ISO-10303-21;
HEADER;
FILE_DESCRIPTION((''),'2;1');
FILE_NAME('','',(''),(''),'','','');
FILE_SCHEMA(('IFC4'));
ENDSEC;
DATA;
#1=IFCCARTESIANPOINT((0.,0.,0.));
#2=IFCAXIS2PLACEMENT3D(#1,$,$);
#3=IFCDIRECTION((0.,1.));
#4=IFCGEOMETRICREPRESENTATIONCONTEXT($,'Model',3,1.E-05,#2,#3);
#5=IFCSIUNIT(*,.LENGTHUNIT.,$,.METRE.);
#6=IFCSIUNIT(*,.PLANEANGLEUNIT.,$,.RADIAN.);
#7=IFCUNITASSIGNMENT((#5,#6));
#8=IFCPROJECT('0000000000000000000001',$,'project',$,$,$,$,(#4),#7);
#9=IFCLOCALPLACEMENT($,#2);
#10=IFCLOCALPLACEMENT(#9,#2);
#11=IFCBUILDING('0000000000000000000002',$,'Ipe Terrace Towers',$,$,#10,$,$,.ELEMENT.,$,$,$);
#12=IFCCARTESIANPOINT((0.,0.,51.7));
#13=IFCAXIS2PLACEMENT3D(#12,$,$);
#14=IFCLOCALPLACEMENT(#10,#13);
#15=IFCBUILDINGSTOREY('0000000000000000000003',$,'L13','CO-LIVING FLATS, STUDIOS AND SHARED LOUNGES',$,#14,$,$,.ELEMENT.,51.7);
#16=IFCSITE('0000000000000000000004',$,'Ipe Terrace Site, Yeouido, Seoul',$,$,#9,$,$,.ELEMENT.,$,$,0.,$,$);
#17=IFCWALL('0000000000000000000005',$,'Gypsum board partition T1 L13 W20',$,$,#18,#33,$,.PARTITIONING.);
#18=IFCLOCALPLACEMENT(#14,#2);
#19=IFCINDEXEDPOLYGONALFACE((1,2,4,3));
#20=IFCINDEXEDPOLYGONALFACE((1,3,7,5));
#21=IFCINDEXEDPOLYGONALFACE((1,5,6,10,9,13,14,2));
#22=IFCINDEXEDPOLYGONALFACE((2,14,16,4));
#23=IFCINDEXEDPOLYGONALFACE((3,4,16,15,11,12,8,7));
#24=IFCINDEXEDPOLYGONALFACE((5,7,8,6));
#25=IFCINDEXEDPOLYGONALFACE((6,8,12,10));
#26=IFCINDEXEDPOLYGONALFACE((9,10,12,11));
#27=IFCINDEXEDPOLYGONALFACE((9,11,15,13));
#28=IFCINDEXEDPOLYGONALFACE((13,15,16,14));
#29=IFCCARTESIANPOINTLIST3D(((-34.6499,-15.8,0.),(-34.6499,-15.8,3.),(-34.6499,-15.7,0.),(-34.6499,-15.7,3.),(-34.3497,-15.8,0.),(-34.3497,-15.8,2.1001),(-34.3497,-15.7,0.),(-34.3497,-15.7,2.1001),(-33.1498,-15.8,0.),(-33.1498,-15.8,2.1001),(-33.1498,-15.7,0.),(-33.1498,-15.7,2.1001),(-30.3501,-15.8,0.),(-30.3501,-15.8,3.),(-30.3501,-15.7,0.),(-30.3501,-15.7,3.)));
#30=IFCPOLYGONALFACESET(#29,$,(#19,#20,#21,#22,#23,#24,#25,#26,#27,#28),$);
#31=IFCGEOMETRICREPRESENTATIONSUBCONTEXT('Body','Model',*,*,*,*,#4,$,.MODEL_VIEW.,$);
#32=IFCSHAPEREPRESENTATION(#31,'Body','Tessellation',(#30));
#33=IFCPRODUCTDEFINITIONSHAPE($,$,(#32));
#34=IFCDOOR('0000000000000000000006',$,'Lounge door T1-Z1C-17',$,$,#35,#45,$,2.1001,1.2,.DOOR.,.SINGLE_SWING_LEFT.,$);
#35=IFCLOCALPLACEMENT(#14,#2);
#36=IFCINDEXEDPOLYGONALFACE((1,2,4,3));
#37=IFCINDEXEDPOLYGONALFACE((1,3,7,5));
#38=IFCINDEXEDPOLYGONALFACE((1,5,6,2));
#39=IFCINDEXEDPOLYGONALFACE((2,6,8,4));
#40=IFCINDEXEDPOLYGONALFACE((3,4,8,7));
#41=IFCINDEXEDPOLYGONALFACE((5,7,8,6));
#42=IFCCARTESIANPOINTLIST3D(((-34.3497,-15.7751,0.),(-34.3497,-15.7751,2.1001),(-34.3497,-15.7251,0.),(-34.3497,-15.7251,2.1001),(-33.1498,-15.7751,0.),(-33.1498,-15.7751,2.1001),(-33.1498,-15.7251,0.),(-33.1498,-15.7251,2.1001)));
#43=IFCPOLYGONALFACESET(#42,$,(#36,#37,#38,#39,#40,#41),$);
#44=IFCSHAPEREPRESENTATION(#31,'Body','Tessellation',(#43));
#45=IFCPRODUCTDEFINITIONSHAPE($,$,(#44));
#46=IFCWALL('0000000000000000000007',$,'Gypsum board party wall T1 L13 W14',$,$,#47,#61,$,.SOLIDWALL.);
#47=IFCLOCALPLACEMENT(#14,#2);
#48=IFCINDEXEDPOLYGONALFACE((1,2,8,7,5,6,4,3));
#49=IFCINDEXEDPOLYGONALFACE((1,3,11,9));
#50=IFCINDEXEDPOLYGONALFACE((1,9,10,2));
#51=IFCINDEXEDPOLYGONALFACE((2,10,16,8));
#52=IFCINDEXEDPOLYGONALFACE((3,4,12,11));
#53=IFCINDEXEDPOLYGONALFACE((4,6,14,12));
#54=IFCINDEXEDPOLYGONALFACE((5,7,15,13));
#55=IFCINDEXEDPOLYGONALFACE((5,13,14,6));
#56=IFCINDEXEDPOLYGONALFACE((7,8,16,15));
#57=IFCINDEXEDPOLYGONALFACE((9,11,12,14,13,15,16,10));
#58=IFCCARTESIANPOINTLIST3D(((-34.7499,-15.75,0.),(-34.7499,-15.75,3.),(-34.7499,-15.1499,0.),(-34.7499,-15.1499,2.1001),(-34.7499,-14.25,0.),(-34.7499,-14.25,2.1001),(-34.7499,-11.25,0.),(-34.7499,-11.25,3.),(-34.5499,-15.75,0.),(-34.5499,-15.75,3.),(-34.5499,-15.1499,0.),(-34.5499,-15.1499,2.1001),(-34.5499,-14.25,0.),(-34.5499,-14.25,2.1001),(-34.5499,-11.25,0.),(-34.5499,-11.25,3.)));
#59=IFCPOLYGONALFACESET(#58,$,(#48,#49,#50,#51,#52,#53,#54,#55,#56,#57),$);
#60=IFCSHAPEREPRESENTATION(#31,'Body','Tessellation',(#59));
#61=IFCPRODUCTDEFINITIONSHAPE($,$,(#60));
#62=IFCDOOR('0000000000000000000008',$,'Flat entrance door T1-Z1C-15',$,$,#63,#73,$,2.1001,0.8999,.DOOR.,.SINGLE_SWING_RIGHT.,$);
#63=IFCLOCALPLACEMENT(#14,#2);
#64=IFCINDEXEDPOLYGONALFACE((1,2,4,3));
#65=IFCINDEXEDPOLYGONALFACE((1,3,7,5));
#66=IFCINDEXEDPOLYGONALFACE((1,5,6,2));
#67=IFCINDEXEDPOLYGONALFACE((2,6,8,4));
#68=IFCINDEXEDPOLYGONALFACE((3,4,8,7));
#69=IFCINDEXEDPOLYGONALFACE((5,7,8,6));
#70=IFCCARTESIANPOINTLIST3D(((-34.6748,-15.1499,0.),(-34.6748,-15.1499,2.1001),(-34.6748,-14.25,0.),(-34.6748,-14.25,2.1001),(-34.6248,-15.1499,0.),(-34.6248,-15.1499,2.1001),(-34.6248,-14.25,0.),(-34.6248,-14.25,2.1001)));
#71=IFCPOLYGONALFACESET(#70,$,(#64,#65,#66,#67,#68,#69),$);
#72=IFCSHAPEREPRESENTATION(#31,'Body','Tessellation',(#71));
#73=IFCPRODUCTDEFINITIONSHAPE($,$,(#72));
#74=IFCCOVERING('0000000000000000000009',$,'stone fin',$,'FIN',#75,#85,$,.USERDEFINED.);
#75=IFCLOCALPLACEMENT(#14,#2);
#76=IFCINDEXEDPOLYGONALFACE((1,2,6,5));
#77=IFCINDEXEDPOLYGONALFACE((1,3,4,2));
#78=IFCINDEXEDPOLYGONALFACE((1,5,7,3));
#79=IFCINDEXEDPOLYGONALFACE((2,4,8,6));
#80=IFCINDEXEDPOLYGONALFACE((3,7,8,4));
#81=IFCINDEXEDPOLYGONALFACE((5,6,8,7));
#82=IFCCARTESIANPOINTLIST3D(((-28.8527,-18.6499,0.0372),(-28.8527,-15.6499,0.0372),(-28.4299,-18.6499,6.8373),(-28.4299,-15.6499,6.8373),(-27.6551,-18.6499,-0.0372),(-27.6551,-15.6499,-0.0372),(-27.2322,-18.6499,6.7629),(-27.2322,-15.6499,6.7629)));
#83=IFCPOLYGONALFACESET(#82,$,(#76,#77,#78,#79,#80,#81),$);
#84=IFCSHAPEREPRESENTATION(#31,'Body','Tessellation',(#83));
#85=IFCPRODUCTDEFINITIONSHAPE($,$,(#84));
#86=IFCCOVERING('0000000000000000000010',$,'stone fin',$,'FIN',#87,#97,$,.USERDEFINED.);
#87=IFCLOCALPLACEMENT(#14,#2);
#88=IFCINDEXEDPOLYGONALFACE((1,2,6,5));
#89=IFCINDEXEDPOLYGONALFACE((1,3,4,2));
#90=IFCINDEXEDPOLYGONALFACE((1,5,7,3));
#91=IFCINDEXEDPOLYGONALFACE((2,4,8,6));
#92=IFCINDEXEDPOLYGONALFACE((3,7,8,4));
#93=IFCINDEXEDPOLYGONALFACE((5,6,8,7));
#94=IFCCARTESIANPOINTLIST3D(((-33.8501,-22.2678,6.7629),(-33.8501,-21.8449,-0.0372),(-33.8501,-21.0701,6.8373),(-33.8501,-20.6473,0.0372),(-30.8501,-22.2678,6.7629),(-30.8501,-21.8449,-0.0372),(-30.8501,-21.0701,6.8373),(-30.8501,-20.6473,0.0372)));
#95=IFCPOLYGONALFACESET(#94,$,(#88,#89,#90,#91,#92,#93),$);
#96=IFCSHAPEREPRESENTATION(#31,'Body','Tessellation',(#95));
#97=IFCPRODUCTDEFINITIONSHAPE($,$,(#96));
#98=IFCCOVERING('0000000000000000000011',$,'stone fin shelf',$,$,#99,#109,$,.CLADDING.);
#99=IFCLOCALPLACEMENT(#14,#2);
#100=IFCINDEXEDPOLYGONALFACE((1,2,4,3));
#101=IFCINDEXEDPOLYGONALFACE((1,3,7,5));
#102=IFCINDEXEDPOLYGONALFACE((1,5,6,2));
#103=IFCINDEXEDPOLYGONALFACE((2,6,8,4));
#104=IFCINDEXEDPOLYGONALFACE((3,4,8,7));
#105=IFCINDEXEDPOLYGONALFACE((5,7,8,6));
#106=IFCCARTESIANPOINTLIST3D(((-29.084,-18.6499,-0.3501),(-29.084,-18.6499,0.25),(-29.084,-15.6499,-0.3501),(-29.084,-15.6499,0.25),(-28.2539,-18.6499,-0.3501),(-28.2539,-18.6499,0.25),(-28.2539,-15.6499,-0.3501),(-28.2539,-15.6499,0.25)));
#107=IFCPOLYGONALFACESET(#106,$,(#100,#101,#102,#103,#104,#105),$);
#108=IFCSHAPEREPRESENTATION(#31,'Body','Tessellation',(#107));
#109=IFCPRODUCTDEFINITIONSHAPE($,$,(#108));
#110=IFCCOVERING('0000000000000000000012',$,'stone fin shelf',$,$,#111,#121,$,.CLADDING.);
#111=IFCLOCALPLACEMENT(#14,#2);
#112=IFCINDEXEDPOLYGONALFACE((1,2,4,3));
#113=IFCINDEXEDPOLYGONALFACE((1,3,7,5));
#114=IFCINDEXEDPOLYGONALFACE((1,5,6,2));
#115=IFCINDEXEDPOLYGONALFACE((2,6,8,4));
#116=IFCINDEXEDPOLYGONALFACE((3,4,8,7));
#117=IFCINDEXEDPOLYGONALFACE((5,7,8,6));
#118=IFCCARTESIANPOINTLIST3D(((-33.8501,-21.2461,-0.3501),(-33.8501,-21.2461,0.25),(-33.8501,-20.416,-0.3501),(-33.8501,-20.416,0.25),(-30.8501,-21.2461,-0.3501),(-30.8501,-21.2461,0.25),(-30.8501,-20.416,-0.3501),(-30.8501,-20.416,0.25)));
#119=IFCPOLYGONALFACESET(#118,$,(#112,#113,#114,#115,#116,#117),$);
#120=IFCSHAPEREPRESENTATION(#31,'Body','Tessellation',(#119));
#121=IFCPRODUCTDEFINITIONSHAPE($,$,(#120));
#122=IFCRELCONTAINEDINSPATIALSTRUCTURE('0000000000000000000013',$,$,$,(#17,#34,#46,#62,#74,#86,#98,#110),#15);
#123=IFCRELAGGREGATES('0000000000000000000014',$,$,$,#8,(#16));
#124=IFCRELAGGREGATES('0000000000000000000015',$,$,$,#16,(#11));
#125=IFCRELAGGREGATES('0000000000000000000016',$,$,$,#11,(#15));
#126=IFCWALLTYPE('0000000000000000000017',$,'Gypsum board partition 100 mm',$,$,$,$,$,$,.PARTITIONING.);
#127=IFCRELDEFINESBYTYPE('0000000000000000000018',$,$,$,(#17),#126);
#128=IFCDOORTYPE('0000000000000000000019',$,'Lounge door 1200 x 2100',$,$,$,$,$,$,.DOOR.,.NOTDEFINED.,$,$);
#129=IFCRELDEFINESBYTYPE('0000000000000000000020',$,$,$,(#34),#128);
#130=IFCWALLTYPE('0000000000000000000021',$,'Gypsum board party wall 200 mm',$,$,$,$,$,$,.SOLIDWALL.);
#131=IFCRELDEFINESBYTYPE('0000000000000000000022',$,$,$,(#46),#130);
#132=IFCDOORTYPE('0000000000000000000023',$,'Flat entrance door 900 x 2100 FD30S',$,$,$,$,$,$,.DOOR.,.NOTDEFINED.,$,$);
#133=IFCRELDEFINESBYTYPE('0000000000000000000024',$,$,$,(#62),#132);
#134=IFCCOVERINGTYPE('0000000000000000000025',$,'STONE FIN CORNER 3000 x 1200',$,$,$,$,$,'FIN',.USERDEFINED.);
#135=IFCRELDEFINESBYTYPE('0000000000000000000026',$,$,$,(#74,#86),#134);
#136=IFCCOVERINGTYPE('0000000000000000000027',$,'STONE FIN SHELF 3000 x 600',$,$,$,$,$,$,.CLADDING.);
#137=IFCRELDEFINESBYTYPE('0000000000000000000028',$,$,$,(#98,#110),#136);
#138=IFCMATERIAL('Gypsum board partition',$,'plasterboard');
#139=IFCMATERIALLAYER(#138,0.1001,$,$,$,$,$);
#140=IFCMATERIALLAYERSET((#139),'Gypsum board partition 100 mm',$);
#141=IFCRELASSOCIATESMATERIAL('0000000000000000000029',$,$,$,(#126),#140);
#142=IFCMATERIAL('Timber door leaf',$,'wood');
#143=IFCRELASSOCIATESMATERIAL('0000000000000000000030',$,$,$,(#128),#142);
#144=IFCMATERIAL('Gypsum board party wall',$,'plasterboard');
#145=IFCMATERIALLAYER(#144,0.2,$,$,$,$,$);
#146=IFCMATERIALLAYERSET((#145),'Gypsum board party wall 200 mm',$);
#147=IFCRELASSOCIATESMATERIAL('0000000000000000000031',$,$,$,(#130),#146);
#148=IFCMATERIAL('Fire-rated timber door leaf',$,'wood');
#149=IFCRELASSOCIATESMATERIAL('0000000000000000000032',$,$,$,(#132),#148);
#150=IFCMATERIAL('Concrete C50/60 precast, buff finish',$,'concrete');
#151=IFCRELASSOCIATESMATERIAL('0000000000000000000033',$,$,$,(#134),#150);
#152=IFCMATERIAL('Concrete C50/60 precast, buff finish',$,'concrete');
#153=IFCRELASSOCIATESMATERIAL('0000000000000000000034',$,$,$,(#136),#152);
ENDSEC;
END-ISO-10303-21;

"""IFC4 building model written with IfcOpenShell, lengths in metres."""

from ifc_helpers import new_model, si_unit, direction, frame, frame_2d, origin, origin_2d, place, context, subcontext, project, spatial, rectangle, extrude, material, layer, layer_set, material_profile, profile_set, type_object, element, fill, save


model = new_model("IFC4")

# Units and contexts
model_context = context("Model", 3, precision=1e-05, world=origin(), true_north=direction((0.0, 1.0)))
body_context = subcontext(model_context, "Body", "Model", "MODEL_VIEW")
ifc_project = project(units=[si_unit("LENGTHUNIT", "METRE"), si_unit("PLANEANGLEUNIT", "RADIAN")], contexts=[model_context])

# Site, building, storey
site_placement = place(None, origin())
site = spatial("IfcSite", under=ifc_project, at=site_placement, Name="Ipe Terrace Site, Yeouido, Seoul", CompositionType="ELEMENT", RefElevation=0.0)
building_placement = place(site_placement, origin())
building = spatial("IfcBuilding", under=site, at=building_placement, Name="Ipe Terrace Towers", CompositionType="ELEMENT")
storey_placement = place(building_placement, frame((0.0, 0.0, 51.7)))
storey = spatial("IfcBuildingStorey", under=building, at=storey_placement, Name="L13", Description="CO-LIVING FLATS, STUDIOS AND SHARED LOUNGES", CompositionType="ELEMENT", Elevation=51.7)

# Shared definitions
ifc_material_1 = material(Name="Gypsum board partition", Category="plasterboard")
ifc_layer_1 = layer(ifc_material_1, 0.1001)
ifc_layer_set_1 = layer_set([ifc_layer_1], Name="Gypsum board partition 100 mm")
wall_type_1 = type_object("IfcWallType", Name="Gypsum board partition 100 mm", PredefinedType="PARTITIONING", material=ifc_layer_set_1)

# Walls, openings, doors
wall_1_placement = place(storey_placement, frame((-34.6499, -15.75, 0.0), z_axis=(0.0, 0.0, 1.0), x_axis=(1.0, 0.0, 0.0)))
wall_1 = element("IfcWall", 1, at=wall_1_placement, inside=storey, type_object=wall_type_1, Name="Gypsum board partition T1 L13 W20", PredefinedType="PARTITIONING", context=body_context, shape_type="SweptSolid", body=[
    extrude(rectangle(XDim=4.2998, YDim=0.1001, at=frame_2d((2.1499, 0.0))), origin(), (0.0, 0.0, 1.0), 3.0),
])
opening_1_placement = place(wall_1_placement, frame((0.3, 0.0, 0.0)))
opening_1 = element("IfcOpeningElement", 2, at=opening_1_placement, cuts=wall_1, PredefinedType="OPENING", context=body_context, shape_type="SweptSolid", body=[
    extrude(rectangle(XDim=1.2, YDim=2.1001, at=frame_2d((0.6001, 1.05))), frame((0.0, 0.0601, 0.0), z_axis=(0.0, -1.0, 0.0), x_axis=(1.0, 0.0, 0.0)), (0.0, 0.0, 1.0), 0.1201),
])
ifc_material_2 = material(Name="Timber door leaf", Category="wood")
door_type_1 = type_object("IfcDoorType", Name="Lounge door 1200 x 2100", OperationType="NOTDEFINED", PredefinedType="DOOR", material=ifc_material_2)
door_1_placement = place(opening_1_placement, origin())
door_1 = element("IfcDoor", 3, at=door_1_placement, inside=storey, type_object=door_type_1, Name="Lounge door T1-Z1C-17", OperationType="SINGLE_SWING_LEFT", OverallHeight=2.1001, OverallWidth=1.2, PredefinedType="DOOR", context=body_context, shape_type="SweptSolid", body=[
    extrude(rectangle(XDim=1.2, YDim=2.1001, at=frame_2d((0.6001, 1.05))), frame((0.0, 0.0249, 0.0), z_axis=(0.0, -1.0, 0.0), x_axis=(1.0, 0.0, 0.0)), (0.0, 0.0, 1.0), 0.05),
])
fill(opening_1, door_1)
ifc_material_3 = material(Name="Gypsum board party wall", Category="plasterboard")
ifc_layer_2 = layer(ifc_material_3, 0.2)
ifc_layer_set_2 = layer_set([ifc_layer_2], Name="Gypsum board party wall 200 mm")
wall_type_2 = type_object("IfcWallType", Name="Gypsum board party wall 200 mm", PredefinedType="SOLIDWALL", material=ifc_layer_set_2)
wall_2_placement = place(storey_placement, frame((-34.6499, -15.75, 0.0), z_axis=(0.0, 0.0, 1.0), x_axis=(0.0, 1.0, 0.0)))
wall_2 = element("IfcWall", 4, at=wall_2_placement, inside=storey, type_object=wall_type_2, Name="Gypsum board party wall T1 L13 W14", PredefinedType="SOLIDWALL", context=body_context, shape_type="SweptSolid", body=[
    extrude(rectangle(XDim=4.5, YDim=0.2, at=frame_2d((2.25, 0.0))), origin(), (0.0, 0.0, 1.0), 3.0),
])
opening_2_placement = place(wall_2_placement, frame((0.6001, 0.0, 0.0)))
opening_2 = element("IfcOpeningElement", 5, at=opening_2_placement, cuts=wall_2, PredefinedType="OPENING", context=body_context, shape_type="SweptSolid", body=[
    extrude(rectangle(XDim=0.8999, YDim=2.1001, at=frame_2d((0.45, 1.05))), frame((0.0, 0.1099, 0.0), z_axis=(0.0, -1.0, 0.0), x_axis=(1.0, 0.0, 0.0)), (0.0, 0.0, 1.0), 0.22),
])
ifc_material_4 = material(Name="Fire-rated timber door leaf", Category="wood")
door_type_2 = type_object("IfcDoorType", Name="Flat entrance door 900 x 2100 FD30S", OperationType="NOTDEFINED", PredefinedType="DOOR", material=ifc_material_4)
door_2_placement = place(opening_2_placement, origin())
door_2 = element("IfcDoor", 6, at=door_2_placement, inside=storey, type_object=door_type_2, Name="Flat entrance door T1-Z1C-15", OperationType="SINGLE_SWING_RIGHT", OverallHeight=2.1001, OverallWidth=0.8999, PredefinedType="DOOR", context=body_context, shape_type="SweptSolid", body=[
    extrude(rectangle(XDim=0.8999, YDim=2.1001, at=frame_2d((0.45, 1.05))), frame((0.0, 0.0249, 0.0), z_axis=(0.0, -1.0, 0.0), x_axis=(1.0, 0.0, 0.0)), (0.0, 0.0, 1.0), 0.05),
])
fill(opening_2, door_2)

# Coverings
ifc_material_5 = material(Name="Concrete C50/60 precast, buff finish", Category="concrete")
ifc_material_profile_1 = material_profile(ifc_material_5, rectangle(XDim=3.0, YDim=1.2, at=origin_2d()), Name="STONE FIN CORNER 3000 x 1200")
ifc_profile_set_1 = profile_set([ifc_material_profile_1], Name="Concrete C50/60 precast, buff finish")
covering_type_1 = type_object("IfcCoveringType", Name="STONE FIN CORNER 3000 x 1200", ElementType="FIN", PredefinedType="USERDEFINED", material=ifc_profile_set_1)
for number, where, z_axis, x_axis, name in (
    (7, (-28.2539, -17.1499, 0.0), (0.062064, 0.0, 0.998072), (0.0, 1.0, 0.0), "stone fin"),
    (8, (-32.3501, -21.2461, 0.0), (0.0, -0.062064, 0.998072), (1.0, 0.0, 0.0), "stone fin"),
):
    element("IfcCovering", number, at=place(storey_placement, frame(where, z_axis=z_axis, x_axis=x_axis)), inside=storey, type_object=covering_type_1, Name=name, ObjectType="FIN", PredefinedType="USERDEFINED", context=body_context, shape_type="SweptSolid", body=[
        extrude(rectangle(XDim=3.0, YDim=1.2, at=origin_2d()), origin(), (0.0, 0.0, 1.0), 6.8132),
    ])
ifc_material_6 = material(Name="Concrete C50/60 precast, buff finish", Category="concrete")
covering_type_2 = type_object("IfcCoveringType", Name="STONE FIN SHELF 3000 x 600", PredefinedType="CLADDING", material=ifc_material_6)
for number, where, z_axis, x_axis, name in (
    (9, (-28.6689, -17.1499, -0.3501), (0.0, 0.0, 1.0), (0.0, 1.0, 0.0), "stone fin shelf"),
    (10, (-32.3501, -20.8311, -0.3501), (0.0, 0.0, 1.0), (1.0, 0.0, 0.0), "stone fin shelf"),
):
    element("IfcCovering", number, at=place(storey_placement, frame(where, z_axis=z_axis, x_axis=x_axis)), inside=storey, type_object=covering_type_2, Name=name, PredefinedType="CLADDING", context=body_context, shape_type="SweptSolid", body=[
        extrude(rectangle(XDim=3.0, YDim=0.8301, at=origin_2d()), origin(), (0.0, 0.0, 1.0), 0.6001),
    ])

save(model, "model.ifc")
